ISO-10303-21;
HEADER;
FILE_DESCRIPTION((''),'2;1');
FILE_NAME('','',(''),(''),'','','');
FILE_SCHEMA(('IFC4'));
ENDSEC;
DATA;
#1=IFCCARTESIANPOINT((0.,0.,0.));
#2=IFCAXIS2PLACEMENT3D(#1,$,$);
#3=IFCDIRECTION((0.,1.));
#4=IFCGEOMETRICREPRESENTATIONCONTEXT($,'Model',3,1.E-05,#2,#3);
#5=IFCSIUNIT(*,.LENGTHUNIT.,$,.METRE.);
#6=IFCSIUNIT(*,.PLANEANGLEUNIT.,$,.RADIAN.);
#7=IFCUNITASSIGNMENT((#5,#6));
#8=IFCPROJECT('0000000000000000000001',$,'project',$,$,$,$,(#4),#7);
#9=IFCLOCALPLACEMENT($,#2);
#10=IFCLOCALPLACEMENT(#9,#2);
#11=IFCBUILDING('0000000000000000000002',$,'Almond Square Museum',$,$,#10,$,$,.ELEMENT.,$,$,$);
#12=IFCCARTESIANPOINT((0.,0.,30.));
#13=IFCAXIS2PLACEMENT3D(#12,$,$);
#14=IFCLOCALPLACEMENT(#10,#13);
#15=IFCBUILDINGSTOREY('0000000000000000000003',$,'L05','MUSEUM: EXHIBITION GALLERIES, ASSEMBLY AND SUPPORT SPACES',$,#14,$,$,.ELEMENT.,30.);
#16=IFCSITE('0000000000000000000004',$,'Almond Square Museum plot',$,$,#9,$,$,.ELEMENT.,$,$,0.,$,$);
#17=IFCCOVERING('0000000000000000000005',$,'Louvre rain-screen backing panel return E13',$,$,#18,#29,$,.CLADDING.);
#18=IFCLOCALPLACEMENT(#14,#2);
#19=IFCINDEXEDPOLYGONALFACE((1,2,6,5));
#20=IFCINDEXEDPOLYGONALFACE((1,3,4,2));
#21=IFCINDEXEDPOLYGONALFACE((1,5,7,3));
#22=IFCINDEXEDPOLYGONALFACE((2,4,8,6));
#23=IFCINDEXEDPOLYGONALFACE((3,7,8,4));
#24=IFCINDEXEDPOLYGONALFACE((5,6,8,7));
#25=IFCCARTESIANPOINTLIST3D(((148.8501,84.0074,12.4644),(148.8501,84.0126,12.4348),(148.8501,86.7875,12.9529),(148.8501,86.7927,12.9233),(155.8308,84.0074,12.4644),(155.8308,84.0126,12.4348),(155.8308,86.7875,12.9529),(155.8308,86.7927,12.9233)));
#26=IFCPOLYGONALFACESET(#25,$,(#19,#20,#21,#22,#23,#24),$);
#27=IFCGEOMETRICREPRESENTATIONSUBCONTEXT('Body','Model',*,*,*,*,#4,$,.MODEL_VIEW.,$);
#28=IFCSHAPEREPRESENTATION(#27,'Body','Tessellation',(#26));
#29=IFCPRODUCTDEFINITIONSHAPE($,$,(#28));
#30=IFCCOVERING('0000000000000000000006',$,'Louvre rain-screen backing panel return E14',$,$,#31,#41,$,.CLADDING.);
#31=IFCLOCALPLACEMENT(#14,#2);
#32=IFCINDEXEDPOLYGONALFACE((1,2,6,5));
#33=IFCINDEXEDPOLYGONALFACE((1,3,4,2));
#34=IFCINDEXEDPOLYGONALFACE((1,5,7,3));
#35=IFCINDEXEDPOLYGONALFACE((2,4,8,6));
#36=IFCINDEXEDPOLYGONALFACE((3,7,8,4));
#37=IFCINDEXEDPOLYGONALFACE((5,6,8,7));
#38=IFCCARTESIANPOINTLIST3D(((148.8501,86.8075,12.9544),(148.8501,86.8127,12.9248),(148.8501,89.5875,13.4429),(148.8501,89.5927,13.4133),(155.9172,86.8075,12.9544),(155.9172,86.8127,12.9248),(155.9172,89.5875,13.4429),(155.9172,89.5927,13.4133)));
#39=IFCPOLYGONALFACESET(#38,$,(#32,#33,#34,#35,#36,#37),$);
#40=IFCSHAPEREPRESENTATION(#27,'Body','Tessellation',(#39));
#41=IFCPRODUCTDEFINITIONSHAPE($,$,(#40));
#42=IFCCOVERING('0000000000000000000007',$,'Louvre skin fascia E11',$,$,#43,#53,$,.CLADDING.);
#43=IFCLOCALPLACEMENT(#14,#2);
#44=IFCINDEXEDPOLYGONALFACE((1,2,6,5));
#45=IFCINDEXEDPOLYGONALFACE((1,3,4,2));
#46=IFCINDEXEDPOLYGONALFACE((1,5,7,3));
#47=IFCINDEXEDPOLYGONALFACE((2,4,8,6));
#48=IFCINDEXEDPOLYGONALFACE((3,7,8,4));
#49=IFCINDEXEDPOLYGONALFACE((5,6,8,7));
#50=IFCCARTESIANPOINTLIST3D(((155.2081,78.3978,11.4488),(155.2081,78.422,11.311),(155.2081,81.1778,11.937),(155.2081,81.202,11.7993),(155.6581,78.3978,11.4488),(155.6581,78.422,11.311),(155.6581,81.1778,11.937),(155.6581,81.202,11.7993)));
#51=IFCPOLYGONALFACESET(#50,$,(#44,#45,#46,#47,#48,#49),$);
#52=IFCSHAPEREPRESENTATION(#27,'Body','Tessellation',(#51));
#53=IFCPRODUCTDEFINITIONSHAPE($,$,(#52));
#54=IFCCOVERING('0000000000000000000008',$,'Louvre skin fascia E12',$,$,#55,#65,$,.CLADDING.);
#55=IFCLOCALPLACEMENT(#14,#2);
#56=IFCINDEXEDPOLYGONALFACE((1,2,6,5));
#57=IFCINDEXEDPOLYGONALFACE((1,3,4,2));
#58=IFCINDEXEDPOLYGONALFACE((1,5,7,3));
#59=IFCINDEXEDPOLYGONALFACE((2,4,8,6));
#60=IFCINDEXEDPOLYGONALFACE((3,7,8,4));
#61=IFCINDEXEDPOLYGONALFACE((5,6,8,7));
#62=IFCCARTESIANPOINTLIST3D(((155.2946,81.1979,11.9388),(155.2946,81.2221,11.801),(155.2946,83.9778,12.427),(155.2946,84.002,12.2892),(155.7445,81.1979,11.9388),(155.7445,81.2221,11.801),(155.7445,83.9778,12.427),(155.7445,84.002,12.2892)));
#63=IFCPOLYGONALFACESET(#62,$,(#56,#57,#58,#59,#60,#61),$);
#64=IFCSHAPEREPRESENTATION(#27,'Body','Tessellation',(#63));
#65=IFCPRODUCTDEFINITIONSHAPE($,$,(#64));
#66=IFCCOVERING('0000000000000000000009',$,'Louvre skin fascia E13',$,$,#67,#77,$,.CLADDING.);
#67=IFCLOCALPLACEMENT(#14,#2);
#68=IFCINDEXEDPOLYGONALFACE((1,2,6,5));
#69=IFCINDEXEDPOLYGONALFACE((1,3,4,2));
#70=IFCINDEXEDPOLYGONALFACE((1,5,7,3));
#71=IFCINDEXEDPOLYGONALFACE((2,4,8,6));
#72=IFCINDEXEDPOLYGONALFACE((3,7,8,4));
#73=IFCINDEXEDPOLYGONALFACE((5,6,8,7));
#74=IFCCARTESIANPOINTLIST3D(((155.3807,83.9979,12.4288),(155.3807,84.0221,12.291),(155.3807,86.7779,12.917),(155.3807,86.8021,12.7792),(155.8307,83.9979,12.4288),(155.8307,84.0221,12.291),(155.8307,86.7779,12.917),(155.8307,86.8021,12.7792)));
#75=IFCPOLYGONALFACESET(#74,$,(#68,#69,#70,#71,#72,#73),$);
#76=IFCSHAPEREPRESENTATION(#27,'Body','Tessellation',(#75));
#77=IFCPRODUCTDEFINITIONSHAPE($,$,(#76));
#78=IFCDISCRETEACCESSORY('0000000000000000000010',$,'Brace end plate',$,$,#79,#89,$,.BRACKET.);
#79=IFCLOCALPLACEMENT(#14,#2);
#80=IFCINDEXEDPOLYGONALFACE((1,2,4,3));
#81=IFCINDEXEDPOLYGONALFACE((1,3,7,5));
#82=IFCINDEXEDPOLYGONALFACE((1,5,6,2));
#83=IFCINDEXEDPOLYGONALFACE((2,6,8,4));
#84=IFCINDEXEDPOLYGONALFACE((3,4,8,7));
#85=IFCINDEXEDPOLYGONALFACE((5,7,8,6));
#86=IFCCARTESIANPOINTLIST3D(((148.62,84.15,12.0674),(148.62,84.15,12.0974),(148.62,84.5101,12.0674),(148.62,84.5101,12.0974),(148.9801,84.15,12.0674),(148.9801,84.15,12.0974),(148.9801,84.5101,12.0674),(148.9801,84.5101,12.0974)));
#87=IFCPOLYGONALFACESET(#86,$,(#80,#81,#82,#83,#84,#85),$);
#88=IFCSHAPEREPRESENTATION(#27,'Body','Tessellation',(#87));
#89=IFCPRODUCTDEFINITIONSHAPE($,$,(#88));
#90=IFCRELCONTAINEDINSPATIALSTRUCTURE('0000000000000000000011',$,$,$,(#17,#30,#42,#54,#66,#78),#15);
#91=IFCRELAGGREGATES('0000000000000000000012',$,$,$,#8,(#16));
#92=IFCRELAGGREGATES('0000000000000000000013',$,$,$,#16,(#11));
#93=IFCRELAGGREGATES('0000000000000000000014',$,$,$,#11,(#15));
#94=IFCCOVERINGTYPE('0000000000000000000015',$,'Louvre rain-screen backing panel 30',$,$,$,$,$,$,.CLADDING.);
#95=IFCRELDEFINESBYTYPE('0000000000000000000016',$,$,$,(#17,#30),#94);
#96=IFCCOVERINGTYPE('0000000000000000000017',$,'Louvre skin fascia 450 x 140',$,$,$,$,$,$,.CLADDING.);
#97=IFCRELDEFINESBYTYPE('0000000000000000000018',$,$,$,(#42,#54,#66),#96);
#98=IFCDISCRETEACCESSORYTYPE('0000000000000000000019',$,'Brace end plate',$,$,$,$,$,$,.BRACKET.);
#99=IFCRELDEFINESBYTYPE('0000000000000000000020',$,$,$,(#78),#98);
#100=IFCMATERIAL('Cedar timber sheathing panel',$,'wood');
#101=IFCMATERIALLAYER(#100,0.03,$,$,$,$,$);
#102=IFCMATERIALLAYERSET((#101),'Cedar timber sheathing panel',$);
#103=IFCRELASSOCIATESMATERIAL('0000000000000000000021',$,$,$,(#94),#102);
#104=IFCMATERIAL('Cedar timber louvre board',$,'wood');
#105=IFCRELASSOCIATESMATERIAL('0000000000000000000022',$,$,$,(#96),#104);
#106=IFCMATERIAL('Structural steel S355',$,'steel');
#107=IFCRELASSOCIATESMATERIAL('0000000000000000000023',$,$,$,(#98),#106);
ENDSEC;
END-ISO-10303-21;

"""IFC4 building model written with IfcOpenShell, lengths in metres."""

from ifc_helpers import new_model, si_unit, direction, frame, origin, origin_2d, place, context, subcontext, project, spatial, polyline, rectangle, outline, extrude, material, layer, layer_set, material_profile, profile_set, type_object, element, save


model = new_model("IFC4")

# Units and contexts
model_context = context("Model", 3, precision=1e-05, world=origin(), true_north=direction((0.0, 1.0)))
body_context = subcontext(model_context, "Body", "Model", "MODEL_VIEW")
ifc_project = project(units=[si_unit("LENGTHUNIT", "METRE"), si_unit("PLANEANGLEUNIT", "RADIAN")], contexts=[model_context])

# Site, building, storey
site_placement = place(None, origin())
site = spatial("IfcSite", under=ifc_project, at=site_placement, Name="Almond Square Museum plot", CompositionType="ELEMENT", RefElevation=0.0)
building_placement = place(site_placement, origin())
building = spatial("IfcBuilding", under=site, at=building_placement, Name="Almond Square Museum", CompositionType="ELEMENT")
storey_placement = place(building_placement, frame((0.0, 0.0, 30.0)))
storey = spatial("IfcBuildingStorey", under=building, at=storey_placement, Name="L05", Description="MUSEUM: EXHIBITION GALLERIES, ASSEMBLY AND SUPPORT SPACES", CompositionType="ELEMENT", Elevation=30.0)

# Coverings
ifc_material_1 = material(Name="Cedar timber sheathing panel", Category="wood")
ifc_layer_1 = layer(ifc_material_1, 0.03)
ifc_layer_set_1 = layer_set([ifc_layer_1], Name="Cedar timber sheathing panel")
covering_type_1 = type_object("IfcCoveringType", Name="Louvre rain-screen backing panel 30", PredefinedType="CLADDING", material=ifc_layer_set_1)
covering_1_placement = place(storey_placement, frame((148.8501, 84.01, 12.4497), z_axis=(0.0, -0.173075, 0.984909), x_axis=(1.0, 0.0, 0.0)))
element("IfcCovering", 1, at=covering_1_placement, inside=storey, type_object=covering_type_1, Name="Louvre rain-screen backing panel return E13", PredefinedType="CLADDING", context=body_context, shape_type="SweptSolid", body=[
    extrude(outline(polyline([(0.0, 0.0), (6.9807, 0.0), (6.9807, 2.8226), (0.0, 2.8226), (0.0, 0.0)])), frame((0.0, 0.0, -0.0151)), (0.0, 0.0, 1.0), 0.03),
])
covering_2_placement = place(storey_placement, frame((148.8501, 86.8101, 12.9397), z_axis=(0.0, -0.173075, 0.984909), x_axis=(1.0, 0.0, 0.0)))
element("IfcCovering", 2, at=covering_2_placement, inside=storey, type_object=covering_type_1, Name="Louvre rain-screen backing panel return E14", PredefinedType="CLADDING", context=body_context, shape_type="SweptSolid", body=[
    extrude(outline(polyline([(0.0, 0.0), (7.0671, 0.0), (7.0671, 2.8226), (0.0, 2.8226), (0.0, 0.0)])), frame((0.0, 0.0, -0.0151)), (0.0, 0.0, 1.0), 0.03),
])
ifc_material_2 = material(Name="Cedar timber louvre board", Category="wood")
ifc_material_profile_1 = material_profile(ifc_material_2, rectangle(XDim=0.45, YDim=0.1399, at=origin_2d()))
ifc_profile_set_1 = profile_set([ifc_material_profile_1], Name="Cedar timber louvre board")
covering_type_2 = type_object("IfcCoveringType", Name="Louvre skin fascia 450 x 140", PredefinedType="CLADDING", material=ifc_profile_set_1)
for number, where, z_axis, x_axis, name in (
    (3, (155.4331, 78.4099, 11.3799), (0.0, 0.984923, 0.172991), (-1.0, 0.0, 0.0), "Louvre skin fascia E11"),
    (4, (155.5195, 81.21, 11.8699), (0.0, 0.984923, 0.172991), (-1.0, 0.0, 0.0), "Louvre skin fascia E12"),
    (5, (155.6057, 84.01, 12.3599), (0.0, 0.984923, 0.172991), (-1.0, 0.0, 0.0), "Louvre skin fascia E13"),
):
    element("IfcCovering", number, at=place(storey_placement, frame(where, z_axis=z_axis, x_axis=x_axis)), inside=storey, type_object=covering_type_2, Name=name, PredefinedType="CLADDING", context=body_context, shape_type="SweptSolid", body=[
        extrude(rectangle(XDim=0.45, YDim=0.1399, at=origin_2d()), origin(), (0.0, 0.0, 1.0), 2.8225),
    ])

# Discrete accessory
ifc_material_3 = material(Name="Structural steel S355", Category="steel")
discrete_accessory_type = type_object("IfcDiscreteAccessoryType", Name="Brace end plate", PredefinedType="BRACKET", material=ifc_material_3)
discrete_accessory_placement = place(storey_placement, frame((148.8, 84.3301, 12.0674), z_axis=(0.0, 0.0, 1.0), x_axis=(1.0, 0.0, 0.0)))
element("IfcDiscreteAccessory", 6, at=discrete_accessory_placement, inside=storey, type_object=discrete_accessory_type, Name="Brace end plate", PredefinedType="BRACKET", context=body_context, shape_type="SweptSolid", body=[
    extrude(rectangle(XDim=0.3601, YDim=0.3601, at=origin_2d()), origin(), (0.0, 0.0, 1.0), 0.03),
])

save(model, "model.ifc")
